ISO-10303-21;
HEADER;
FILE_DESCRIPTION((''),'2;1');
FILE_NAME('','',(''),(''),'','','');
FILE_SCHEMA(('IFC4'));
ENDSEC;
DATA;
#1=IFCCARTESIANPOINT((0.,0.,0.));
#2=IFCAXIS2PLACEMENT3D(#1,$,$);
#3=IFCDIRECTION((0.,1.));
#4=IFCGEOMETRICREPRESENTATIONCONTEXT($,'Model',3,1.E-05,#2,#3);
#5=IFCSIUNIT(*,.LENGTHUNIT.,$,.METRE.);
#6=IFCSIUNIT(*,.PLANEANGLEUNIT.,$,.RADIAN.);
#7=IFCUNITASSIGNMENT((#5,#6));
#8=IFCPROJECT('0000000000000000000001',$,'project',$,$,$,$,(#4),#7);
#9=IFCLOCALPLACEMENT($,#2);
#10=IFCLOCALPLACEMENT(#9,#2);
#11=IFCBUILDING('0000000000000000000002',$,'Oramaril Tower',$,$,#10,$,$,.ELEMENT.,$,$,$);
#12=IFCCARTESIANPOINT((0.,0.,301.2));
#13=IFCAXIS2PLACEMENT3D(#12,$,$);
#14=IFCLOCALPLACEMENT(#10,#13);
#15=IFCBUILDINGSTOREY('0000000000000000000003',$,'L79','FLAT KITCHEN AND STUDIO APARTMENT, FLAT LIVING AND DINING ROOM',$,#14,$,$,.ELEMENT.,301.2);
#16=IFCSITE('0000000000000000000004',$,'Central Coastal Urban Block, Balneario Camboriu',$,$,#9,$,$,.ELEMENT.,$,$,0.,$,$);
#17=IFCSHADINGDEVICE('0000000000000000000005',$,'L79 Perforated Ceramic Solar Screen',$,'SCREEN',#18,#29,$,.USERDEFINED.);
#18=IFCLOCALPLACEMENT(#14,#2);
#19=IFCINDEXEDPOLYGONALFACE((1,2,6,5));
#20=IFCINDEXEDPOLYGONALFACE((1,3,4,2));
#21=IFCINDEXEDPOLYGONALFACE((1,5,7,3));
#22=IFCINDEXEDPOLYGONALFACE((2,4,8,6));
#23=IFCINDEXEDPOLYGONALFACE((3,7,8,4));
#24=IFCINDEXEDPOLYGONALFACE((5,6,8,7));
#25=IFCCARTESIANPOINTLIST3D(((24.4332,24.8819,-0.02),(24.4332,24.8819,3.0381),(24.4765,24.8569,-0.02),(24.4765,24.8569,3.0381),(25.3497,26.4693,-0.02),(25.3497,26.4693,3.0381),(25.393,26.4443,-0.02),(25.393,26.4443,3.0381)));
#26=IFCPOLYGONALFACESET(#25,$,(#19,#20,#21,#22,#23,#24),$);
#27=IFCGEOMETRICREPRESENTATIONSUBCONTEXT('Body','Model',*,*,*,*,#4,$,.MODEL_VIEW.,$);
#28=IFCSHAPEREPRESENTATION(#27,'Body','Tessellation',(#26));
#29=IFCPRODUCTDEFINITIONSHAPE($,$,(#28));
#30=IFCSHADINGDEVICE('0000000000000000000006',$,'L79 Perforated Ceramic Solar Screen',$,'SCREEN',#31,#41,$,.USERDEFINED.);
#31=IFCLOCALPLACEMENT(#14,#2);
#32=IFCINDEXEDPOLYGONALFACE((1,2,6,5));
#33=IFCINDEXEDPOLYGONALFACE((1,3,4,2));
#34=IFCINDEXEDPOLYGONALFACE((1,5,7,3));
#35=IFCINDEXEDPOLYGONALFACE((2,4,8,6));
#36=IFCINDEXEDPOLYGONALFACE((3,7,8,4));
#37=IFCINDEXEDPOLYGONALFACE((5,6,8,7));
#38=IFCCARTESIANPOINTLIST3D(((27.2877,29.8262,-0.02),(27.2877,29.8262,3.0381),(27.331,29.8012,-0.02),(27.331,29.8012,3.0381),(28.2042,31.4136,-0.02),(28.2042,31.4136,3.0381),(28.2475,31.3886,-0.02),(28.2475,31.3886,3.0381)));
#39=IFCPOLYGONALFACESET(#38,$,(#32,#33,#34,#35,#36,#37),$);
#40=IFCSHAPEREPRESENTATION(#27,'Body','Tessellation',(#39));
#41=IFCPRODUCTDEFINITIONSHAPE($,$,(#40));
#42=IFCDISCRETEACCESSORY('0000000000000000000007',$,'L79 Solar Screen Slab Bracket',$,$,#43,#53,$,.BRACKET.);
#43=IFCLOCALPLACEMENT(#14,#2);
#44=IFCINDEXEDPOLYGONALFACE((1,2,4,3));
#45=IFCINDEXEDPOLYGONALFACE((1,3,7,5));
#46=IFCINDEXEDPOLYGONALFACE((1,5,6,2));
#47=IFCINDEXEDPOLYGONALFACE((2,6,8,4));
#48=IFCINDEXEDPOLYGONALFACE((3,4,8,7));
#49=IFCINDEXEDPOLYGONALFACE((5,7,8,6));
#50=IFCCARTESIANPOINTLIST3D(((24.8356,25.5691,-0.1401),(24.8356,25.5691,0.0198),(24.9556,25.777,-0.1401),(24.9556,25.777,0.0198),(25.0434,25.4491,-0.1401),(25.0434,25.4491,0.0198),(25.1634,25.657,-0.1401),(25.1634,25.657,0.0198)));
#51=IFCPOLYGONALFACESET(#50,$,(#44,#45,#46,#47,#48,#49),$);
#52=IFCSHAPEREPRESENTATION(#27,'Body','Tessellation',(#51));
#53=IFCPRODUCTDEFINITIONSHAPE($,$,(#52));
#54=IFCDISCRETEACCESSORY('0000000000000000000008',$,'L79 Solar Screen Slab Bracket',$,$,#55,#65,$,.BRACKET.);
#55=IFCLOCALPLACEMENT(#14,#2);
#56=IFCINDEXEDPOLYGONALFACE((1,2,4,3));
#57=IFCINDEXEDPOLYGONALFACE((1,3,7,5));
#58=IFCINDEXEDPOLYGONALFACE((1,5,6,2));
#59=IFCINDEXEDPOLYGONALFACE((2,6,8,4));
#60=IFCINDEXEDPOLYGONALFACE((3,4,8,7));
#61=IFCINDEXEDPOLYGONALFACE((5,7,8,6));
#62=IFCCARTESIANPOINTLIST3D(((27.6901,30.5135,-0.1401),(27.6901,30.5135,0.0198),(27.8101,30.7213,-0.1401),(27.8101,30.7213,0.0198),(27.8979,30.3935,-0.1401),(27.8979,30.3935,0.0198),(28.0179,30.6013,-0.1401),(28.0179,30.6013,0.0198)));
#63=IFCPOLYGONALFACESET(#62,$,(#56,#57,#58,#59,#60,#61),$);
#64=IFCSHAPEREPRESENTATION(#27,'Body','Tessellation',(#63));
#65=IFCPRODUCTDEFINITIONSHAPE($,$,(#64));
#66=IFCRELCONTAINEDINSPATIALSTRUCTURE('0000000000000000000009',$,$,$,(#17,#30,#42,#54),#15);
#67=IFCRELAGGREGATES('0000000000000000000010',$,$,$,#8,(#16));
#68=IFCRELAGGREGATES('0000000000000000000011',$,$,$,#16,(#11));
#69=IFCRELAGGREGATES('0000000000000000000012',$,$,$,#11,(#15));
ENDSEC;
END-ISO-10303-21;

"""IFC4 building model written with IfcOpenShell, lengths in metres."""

from ifc_helpers import new_model, si_unit, direction, frame, origin, origin_2d, place, context, subcontext, project, spatial, rectangle, extrude, element, save


model = new_model("IFC4")

# Units and contexts
model_context = context("Model", 3, precision=1e-05, world=origin(), true_north=direction((0.0, 1.0)))
body_context = subcontext(model_context, "Body", "Model", "MODEL_VIEW")
ifc_project = project(units=[si_unit("LENGTHUNIT", "METRE"), si_unit("PLANEANGLEUNIT", "RADIAN")], contexts=[model_context])

# Site, building, storey
site_placement = place(None, origin())
site = spatial("IfcSite", under=ifc_project, at=site_placement, Name="Central Coastal Urban Block, Balneario Camboriu", CompositionType="ELEMENT", RefElevation=0.0)
building_placement = place(site_placement, origin())
building = spatial("IfcBuilding", under=site, at=building_placement, Name="Oramaril Tower", CompositionType="ELEMENT")
storey_placement = place(building_placement, frame((0.0, 0.0, 301.2)))
storey = spatial("IfcBuildingStorey", under=building, at=storey_placement, Name="L79", Description="FLAT KITCHEN AND STUDIO APARTMENT, FLAT LIVING AND DINING ROOM", CompositionType="ELEMENT", Elevation=301.2)

# Shading devices
for number, where, z_axis, x_axis, name in (
    (1, (24.9131, 25.6631, -0.02), (0.0, 0.0, 1.0), (-0.500002, -0.866025, 0.0), "L79 Perforated Ceramic Solar Screen"),
    (2, (27.7676, 30.6074, -0.02), (0.0, 0.0, 1.0), (-0.500002, -0.866025, 0.0), "L79 Perforated Ceramic Solar Screen"),
):
    element("IfcShadingDevice", number, at=place(storey_placement, frame(where, z_axis=z_axis, x_axis=x_axis)), inside=storey, Name=name, ObjectType="SCREEN", PredefinedType="USERDEFINED", context=body_context, shape_type="SweptSolid", body=[
        extrude(rectangle(XDim=1.833, YDim=0.05, at=origin_2d()), origin(), (0.0, 0.0, 1.0), 3.0581),
    ])

# Discrete accessories
for number, where, z_axis, x_axis, name in (
    (3, (24.9995, 25.613, -0.1401), (0.0, 0.0, 1.0), (-0.500002, -0.866025, 0.0), "L79 Solar Screen Slab Bracket"),
    (4, (27.854, 30.5574, -0.1401), (0.0, 0.0, 1.0), (-0.500002, -0.866025, 0.0), "L79 Solar Screen Slab Bracket"),
):
    element("IfcDiscreteAccessory", number, at=place(storey_placement, frame(where, z_axis=z_axis, x_axis=x_axis)), inside=storey, Name=name, PredefinedType="BRACKET", context=body_context, shape_type="SweptSolid", body=[
        extrude(rectangle(XDim=0.24, YDim=0.24, at=origin_2d()), origin(), (0.0, 0.0, 1.0), 0.1599),
    ])

save(model, "model.ifc")
